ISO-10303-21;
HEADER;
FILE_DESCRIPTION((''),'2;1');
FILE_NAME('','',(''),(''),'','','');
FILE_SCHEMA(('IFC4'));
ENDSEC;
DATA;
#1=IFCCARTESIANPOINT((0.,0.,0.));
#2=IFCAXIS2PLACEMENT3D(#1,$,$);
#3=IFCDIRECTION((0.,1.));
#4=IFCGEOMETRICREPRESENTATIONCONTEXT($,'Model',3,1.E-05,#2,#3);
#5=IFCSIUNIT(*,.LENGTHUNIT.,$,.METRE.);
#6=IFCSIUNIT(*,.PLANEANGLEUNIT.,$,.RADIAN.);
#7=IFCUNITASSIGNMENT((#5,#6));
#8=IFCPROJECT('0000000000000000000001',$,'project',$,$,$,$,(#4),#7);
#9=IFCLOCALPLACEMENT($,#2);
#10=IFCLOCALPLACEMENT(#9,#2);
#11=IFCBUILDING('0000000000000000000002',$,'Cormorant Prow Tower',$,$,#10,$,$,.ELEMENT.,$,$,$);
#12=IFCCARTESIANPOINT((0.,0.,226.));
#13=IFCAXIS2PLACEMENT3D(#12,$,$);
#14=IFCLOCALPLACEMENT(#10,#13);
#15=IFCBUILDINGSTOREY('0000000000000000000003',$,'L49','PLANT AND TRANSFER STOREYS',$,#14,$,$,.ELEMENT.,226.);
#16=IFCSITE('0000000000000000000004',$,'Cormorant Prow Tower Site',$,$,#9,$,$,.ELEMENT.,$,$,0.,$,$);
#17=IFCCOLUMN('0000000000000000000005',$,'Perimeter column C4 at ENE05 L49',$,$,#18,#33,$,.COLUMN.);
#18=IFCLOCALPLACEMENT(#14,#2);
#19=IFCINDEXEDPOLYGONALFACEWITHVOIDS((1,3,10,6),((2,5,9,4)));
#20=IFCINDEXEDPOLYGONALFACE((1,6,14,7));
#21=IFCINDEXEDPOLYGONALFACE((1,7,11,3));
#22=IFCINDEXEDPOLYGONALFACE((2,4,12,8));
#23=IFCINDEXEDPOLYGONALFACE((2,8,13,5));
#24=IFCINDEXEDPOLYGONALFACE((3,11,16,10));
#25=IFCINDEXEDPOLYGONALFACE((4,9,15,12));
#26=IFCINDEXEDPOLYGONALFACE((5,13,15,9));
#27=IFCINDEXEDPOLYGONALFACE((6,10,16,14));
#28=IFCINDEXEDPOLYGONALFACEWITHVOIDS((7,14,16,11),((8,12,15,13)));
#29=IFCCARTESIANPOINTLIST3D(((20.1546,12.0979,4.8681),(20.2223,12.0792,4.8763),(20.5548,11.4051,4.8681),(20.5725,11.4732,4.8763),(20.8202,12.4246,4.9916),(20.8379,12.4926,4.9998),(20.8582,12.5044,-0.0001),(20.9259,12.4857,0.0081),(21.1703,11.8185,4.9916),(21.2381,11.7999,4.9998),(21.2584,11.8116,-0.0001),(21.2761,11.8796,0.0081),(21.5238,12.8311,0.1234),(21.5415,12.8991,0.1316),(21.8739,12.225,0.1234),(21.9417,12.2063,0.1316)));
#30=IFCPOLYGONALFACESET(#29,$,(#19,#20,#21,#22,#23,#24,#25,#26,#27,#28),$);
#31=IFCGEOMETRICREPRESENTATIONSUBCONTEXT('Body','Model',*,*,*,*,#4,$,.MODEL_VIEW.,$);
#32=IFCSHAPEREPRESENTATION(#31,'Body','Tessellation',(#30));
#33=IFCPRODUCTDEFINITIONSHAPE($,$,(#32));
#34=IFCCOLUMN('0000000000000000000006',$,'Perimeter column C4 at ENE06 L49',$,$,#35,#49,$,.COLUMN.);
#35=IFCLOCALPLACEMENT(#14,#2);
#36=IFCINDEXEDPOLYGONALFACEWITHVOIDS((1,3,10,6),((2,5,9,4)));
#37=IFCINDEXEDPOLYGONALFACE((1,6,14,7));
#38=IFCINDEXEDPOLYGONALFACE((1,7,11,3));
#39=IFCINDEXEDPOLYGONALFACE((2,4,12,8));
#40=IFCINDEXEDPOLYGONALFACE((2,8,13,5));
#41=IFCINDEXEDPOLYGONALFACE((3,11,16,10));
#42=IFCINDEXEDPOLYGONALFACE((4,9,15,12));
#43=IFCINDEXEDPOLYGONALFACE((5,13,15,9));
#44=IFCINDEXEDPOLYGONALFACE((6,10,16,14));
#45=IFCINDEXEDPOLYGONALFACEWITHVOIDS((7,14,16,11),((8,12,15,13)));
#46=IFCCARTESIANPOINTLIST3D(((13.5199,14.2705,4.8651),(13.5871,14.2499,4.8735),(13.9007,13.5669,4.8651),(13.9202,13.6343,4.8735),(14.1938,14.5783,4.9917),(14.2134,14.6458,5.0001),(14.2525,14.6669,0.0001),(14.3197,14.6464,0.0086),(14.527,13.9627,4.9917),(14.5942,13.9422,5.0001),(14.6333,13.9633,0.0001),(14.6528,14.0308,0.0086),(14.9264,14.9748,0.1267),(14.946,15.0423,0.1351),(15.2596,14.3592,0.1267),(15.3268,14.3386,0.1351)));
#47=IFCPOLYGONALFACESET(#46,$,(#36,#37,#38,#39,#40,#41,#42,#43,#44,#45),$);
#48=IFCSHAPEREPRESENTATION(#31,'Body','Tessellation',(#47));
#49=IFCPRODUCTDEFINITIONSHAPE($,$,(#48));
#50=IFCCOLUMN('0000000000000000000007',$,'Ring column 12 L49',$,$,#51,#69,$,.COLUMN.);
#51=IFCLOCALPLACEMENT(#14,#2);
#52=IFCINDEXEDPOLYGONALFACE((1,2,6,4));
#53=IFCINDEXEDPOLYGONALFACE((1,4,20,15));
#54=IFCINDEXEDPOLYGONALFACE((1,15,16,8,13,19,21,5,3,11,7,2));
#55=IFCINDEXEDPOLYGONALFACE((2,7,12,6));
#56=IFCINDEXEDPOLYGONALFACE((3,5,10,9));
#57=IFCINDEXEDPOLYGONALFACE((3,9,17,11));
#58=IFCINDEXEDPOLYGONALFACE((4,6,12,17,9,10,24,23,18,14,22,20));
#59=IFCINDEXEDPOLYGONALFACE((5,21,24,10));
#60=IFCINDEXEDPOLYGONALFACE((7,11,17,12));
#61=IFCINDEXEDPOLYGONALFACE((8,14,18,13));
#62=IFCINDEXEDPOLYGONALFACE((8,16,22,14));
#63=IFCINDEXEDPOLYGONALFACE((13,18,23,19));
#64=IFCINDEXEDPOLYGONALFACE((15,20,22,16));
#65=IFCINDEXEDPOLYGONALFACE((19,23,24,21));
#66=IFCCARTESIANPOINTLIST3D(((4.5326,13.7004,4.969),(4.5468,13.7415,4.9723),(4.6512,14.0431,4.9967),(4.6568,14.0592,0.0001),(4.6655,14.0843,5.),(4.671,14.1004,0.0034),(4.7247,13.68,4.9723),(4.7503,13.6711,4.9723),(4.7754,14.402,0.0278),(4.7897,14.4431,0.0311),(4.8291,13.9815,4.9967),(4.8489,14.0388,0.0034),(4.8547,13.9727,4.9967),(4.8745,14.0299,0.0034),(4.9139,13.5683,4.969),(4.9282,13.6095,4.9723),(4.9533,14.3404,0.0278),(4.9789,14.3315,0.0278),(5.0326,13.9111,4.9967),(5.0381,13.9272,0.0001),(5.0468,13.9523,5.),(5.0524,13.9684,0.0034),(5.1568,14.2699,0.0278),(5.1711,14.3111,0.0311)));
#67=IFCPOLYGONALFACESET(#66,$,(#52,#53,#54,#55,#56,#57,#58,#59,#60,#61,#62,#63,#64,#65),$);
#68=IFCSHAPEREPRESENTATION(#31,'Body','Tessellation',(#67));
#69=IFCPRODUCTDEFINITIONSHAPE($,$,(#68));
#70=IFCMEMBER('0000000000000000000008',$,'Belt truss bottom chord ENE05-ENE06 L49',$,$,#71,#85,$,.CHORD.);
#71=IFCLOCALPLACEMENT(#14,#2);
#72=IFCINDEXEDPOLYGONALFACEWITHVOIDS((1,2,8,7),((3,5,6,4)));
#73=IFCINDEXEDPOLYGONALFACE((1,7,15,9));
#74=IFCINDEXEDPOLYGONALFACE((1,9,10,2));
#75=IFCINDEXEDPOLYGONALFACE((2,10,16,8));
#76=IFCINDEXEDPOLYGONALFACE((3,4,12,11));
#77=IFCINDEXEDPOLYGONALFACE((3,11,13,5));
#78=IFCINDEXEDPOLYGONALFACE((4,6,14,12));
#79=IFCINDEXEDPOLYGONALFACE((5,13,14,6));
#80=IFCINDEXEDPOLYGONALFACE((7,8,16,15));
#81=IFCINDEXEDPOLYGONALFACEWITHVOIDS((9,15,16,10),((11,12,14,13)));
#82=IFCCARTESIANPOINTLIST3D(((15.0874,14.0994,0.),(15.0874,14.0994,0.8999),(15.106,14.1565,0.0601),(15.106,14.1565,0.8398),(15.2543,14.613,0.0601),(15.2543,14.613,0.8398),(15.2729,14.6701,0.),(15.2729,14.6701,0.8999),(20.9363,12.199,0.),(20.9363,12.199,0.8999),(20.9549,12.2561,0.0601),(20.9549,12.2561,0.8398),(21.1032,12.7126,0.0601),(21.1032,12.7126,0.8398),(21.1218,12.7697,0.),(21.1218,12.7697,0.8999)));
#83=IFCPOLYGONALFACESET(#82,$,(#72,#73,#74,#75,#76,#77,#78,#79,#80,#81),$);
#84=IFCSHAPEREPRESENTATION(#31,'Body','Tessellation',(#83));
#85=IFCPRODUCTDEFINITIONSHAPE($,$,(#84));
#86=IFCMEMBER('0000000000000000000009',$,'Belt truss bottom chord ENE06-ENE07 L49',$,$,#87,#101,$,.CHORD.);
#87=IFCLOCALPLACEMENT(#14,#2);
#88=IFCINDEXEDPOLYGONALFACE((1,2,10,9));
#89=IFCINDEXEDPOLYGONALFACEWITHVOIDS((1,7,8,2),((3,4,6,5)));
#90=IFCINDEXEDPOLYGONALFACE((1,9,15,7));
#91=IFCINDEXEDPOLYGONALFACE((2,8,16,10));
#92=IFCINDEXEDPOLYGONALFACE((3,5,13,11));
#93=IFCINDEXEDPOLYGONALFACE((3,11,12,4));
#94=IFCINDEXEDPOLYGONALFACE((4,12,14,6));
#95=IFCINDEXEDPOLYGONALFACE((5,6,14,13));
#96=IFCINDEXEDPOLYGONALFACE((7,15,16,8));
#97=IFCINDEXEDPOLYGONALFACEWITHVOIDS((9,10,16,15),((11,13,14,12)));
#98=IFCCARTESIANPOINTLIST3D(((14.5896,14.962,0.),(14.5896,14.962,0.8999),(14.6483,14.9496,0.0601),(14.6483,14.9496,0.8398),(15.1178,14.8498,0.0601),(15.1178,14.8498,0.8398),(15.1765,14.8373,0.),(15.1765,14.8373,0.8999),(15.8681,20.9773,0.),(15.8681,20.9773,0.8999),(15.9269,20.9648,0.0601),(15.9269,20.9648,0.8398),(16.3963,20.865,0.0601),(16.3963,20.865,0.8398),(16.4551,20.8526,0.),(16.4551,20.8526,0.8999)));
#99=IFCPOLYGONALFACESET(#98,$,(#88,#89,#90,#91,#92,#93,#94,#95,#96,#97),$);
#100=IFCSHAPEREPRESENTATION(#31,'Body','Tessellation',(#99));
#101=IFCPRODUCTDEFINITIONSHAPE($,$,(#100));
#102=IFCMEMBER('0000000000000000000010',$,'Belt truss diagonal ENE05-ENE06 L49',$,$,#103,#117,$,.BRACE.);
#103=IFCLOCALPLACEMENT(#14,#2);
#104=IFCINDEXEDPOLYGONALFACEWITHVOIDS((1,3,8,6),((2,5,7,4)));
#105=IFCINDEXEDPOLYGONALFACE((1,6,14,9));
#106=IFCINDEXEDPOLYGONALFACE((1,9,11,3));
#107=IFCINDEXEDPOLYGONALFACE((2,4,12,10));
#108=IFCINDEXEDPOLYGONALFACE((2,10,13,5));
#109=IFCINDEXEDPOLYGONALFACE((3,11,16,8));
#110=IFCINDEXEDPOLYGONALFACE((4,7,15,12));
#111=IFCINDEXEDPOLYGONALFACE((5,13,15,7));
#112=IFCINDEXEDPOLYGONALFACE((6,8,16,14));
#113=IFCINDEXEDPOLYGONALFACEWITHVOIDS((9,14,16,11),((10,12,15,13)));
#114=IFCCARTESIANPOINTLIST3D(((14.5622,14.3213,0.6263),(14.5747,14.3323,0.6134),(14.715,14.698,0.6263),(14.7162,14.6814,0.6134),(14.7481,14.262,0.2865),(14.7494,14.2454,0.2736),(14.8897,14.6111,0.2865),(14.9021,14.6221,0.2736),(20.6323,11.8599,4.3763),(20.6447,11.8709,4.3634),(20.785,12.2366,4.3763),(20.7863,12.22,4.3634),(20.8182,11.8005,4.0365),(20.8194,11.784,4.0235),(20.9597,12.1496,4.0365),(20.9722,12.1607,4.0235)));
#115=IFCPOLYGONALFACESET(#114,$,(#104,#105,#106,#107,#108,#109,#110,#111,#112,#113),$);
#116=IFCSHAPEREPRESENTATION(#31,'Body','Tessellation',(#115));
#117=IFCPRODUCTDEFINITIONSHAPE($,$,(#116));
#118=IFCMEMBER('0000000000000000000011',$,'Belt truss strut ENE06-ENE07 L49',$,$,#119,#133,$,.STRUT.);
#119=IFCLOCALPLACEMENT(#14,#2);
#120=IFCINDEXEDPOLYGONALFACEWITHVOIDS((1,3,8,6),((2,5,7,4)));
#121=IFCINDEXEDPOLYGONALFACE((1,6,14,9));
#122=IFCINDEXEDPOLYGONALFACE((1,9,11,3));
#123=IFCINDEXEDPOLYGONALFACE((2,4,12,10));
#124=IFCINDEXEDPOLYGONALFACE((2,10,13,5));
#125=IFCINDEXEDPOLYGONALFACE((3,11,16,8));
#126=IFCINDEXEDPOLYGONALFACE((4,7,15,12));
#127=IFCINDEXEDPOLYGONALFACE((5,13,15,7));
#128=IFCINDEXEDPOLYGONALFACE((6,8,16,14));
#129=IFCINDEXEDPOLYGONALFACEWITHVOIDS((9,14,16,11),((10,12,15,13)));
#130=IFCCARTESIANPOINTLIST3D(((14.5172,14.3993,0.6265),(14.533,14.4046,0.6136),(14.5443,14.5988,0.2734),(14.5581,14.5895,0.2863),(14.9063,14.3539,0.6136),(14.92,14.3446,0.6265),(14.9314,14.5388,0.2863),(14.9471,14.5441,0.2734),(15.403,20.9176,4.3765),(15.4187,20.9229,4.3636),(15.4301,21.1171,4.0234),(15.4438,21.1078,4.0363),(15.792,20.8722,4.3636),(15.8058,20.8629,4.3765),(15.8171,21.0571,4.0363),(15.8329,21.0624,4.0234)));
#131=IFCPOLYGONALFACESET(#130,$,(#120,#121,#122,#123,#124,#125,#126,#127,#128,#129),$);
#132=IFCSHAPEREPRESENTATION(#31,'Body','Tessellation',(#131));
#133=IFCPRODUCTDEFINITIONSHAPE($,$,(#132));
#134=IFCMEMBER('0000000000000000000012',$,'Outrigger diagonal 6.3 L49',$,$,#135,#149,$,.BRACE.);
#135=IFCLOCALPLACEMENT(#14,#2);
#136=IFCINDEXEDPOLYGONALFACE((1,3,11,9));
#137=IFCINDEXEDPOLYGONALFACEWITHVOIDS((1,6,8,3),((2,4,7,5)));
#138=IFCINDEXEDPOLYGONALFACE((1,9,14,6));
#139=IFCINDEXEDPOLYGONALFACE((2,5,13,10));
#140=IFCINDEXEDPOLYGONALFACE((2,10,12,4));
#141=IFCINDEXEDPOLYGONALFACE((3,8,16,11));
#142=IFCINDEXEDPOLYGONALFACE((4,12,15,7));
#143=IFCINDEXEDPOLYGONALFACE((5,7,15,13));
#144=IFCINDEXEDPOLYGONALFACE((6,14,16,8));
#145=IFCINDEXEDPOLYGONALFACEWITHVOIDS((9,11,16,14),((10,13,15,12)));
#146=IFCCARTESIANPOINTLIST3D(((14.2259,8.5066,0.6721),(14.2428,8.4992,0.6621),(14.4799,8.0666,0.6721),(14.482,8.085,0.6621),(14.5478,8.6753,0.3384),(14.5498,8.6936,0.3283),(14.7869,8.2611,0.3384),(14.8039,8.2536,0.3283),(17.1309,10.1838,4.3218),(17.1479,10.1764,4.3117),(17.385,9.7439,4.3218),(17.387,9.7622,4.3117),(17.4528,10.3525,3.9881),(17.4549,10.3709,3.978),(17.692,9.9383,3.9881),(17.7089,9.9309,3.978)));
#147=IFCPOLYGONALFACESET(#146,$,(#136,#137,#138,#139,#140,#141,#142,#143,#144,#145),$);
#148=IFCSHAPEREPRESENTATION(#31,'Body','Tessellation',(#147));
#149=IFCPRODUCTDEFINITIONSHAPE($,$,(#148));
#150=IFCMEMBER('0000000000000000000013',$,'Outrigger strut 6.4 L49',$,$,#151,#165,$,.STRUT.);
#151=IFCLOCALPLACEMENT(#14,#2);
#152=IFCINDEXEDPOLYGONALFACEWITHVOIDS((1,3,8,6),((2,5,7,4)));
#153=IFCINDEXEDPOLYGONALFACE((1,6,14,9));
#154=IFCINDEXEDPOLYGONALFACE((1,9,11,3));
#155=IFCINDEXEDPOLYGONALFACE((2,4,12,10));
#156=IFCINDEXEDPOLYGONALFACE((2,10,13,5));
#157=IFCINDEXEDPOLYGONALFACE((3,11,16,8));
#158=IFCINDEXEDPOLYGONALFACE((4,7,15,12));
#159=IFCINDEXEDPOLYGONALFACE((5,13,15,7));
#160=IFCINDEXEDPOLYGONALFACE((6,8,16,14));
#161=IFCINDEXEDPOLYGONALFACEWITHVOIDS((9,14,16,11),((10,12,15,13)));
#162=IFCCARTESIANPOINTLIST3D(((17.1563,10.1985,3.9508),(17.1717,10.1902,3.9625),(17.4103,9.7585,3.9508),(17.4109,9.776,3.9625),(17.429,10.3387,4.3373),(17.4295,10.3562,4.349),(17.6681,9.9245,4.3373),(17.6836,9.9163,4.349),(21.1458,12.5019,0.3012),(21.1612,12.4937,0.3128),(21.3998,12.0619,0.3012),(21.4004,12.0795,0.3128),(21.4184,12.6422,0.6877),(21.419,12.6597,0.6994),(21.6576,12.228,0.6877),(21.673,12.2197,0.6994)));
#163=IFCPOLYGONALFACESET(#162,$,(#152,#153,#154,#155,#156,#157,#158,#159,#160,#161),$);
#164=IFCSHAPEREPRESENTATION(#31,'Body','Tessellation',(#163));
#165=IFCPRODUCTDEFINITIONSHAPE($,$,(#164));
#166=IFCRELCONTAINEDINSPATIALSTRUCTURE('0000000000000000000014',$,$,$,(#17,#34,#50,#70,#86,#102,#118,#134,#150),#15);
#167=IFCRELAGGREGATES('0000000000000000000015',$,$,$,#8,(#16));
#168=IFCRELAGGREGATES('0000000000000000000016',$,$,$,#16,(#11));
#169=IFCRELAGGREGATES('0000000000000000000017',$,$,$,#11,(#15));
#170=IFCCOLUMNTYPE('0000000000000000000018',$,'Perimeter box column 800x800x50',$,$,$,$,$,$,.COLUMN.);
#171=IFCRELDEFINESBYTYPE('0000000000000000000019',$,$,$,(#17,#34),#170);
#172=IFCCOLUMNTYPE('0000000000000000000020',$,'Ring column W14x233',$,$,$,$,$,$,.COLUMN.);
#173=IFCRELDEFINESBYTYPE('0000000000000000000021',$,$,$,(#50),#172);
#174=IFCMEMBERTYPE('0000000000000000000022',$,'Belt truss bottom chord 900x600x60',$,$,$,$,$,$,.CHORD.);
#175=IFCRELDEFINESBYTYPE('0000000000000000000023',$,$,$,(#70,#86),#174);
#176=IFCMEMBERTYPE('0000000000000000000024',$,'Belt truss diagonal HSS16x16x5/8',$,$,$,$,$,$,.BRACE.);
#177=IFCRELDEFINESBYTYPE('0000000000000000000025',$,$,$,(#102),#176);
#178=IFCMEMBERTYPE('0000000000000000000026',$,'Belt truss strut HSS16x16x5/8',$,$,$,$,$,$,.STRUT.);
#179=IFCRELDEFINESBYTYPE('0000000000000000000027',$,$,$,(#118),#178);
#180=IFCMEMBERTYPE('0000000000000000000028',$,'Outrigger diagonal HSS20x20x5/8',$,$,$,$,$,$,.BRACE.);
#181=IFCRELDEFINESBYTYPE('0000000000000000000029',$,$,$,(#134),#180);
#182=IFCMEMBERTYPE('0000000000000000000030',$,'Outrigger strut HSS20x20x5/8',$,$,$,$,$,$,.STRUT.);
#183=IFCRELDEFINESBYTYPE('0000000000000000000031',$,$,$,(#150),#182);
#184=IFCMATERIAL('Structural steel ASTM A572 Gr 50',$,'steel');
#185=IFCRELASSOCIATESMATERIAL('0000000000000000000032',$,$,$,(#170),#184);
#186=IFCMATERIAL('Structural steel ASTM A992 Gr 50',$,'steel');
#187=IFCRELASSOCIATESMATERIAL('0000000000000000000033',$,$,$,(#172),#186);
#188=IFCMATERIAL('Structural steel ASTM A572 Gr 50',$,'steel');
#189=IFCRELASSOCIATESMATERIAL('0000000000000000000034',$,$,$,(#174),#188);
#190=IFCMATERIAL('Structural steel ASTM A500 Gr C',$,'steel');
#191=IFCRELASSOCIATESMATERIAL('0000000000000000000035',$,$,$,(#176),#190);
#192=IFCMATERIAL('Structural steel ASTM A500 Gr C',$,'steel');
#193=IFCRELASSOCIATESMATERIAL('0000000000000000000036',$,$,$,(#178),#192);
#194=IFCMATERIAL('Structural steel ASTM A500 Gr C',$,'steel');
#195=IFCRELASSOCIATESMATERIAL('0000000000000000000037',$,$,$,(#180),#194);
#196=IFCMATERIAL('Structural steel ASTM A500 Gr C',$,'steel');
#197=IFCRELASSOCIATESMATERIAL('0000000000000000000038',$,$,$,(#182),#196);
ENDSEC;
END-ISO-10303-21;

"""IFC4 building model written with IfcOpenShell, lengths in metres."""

from ifc_helpers import new_model, si_unit, direction, frame, origin, origin_2d, place, context, subcontext, project, spatial, hollow_rectangle, i_section, extrude, material, material_profile, profile_set, type_object, element, save


model = new_model("IFC4")

# Units and contexts
model_context = context("Model", 3, precision=1e-05, world=origin(), true_north=direction((0.0, 1.0)))
body_context = subcontext(model_context, "Body", "Model", "MODEL_VIEW")
ifc_project = project(units=[si_unit("LENGTHUNIT", "METRE"), si_unit("PLANEANGLEUNIT", "RADIAN")], contexts=[model_context])

# Site, building, storey
site_placement = place(None, origin())
site = spatial("IfcSite", under=ifc_project, at=site_placement, Name="Cormorant Prow Tower Site", CompositionType="ELEMENT", RefElevation=0.0)
building_placement = place(site_placement, origin())
building = spatial("IfcBuilding", under=site, at=building_placement, Name="Cormorant Prow Tower", CompositionType="ELEMENT")
storey_placement = place(building_placement, frame((0.0, 0.0, 226.0)))
storey = spatial("IfcBuildingStorey", under=building, at=storey_placement, Name="L49", Description="PLANT AND TRANSFER STOREYS", CompositionType="ELEMENT", Elevation=226.0)

# Columns
ifc_material_1 = material(Name="Structural steel ASTM A572 Gr 50", Category="steel")
ifc_material_profile_1 = material_profile(ifc_material_1, hollow_rectangle(XDim=0.8, YDim=0.8, WallThickness=0.05, at=origin_2d()), Name="Box 800x800x50")
ifc_profile_set_1 = profile_set([ifc_material_profile_1], Name="Structural steel ASTM A572 Gr 50")
column_type_1 = type_object("IfcColumnType", Name="Perimeter box column 800x800x50", PredefinedType="COLUMN", material=ifc_profile_set_1)
column_1_placement = place(storey_placement, frame((21.4094, 12.3608, 0.0), z_axis=(-0.142559, -0.082357, 0.986354), x_axis=(0.500229, -0.865893, 0.0)))
element("IfcColumn", 1, at=column_1_placement, inside=storey, type_object=column_type_1, Name="Perimeter column C4 at ENE05 L49", PredefinedType="COLUMN", context=body_context, shape_type="SweptSolid", body=[
    extrude(hollow_rectangle(XDim=0.8, YDim=0.8, WallThickness=0.05, at=origin_2d()), frame((0.0, 0.0, 0.0667)), (0.0, 0.0, 1.0), 4.9355),
])
column_2_placement = place(storey_placement, frame((14.7998, 14.5083, 0.0), z_axis=(-0.148426, -0.080325, 0.985656), x_axis=(0.475952, -0.879471, 0.0)))
element("IfcColumn", 2, at=column_2_placement, inside=storey, type_object=column_type_1, Name="Perimeter column C4 at ENE06 L49", PredefinedType="COLUMN", context=body_context, shape_type="SweptSolid", body=[
    extrude(hollow_rectangle(XDim=0.8, YDim=0.8, WallThickness=0.05, at=origin_2d()), frame((0.0, 0.0, 0.0686)), (0.0, 0.0, 1.0), 4.9358),
])
ifc_material_2 = material(Name="Structural steel ASTM A992 Gr 50", Category="steel")
ifc_material_profile_2 = material_profile(ifc_material_2, i_section(OverallWidth=0.4036, OverallDepth=0.4075, WebThickness=0.0271, FlangeThickness=0.0437, at=origin_2d()), Name="W14x233")
ifc_profile_set_2 = profile_set([ifc_material_profile_2], Name="Structural steel ASTM A992 Gr 50")
column_type_2 = type_object("IfcColumnType", Name="Ring column W14x233", PredefinedType="COLUMN", material=ifc_profile_set_2)
column_3_placement = place(storey_placement, frame((4.9143, 14.1863, 0.0), z_axis=(-0.024927, -0.072007, 0.997093), x_axis=(0.944978, -0.327133, 0.0)))
element("IfcColumn", 3, at=column_3_placement, inside=storey, type_object=column_type_2, Name="Ring column 12 L49", PredefinedType="COLUMN", context=body_context, shape_type="SweptSolid", body=[
    extrude(i_section(OverallWidth=0.4036, OverallDepth=0.4075, WebThickness=0.0271, FlangeThickness=0.0437, at=origin_2d()), frame((0.0, 0.0, 0.0156)), (0.0, 0.0, 1.0), 4.9834),
])

# Members
ifc_material_3 = material(Name="Structural steel ASTM A572 Gr 50", Category="steel")
ifc_material_profile_3 = material_profile(ifc_material_3, hollow_rectangle(XDim=0.6001, YDim=0.8999, WallThickness=0.0601, at=origin_2d()), Name="Box 900x600x60")
ifc_profile_set_3 = profile_set([ifc_material_profile_3], Name="Structural steel ASTM A572 Gr 50")
member_type_1 = type_object("IfcMemberType", Name="Belt truss bottom chord 900x600x60", PredefinedType="CHORD", material=ifc_profile_set_3)
member_1_placement = place(storey_placement, frame((21.0291, 12.4844, 0.45), z_axis=(-0.951058, 0.309013, 0.0), x_axis=(-0.309013, -0.951058, 0.0)))
element("IfcMember", 4, at=member_1_placement, inside=storey, type_object=member_type_1, Name="Belt truss bottom chord ENE05-ENE06 L49", PredefinedType="CHORD", context=body_context, shape_type="SweptSolid", body=[
    extrude(hollow_rectangle(XDim=0.6001, YDim=0.8999, WallThickness=0.0601, at=origin_2d()), origin(), (0.0, 0.0, 1.0), 6.1499),
])
member_2_placement = place(storey_placement, frame((14.8831, 14.8997, 0.45), z_axis=(0.207905, 0.978149, 0.0), x_axis=(-0.978149, 0.207905, 0.0)))
element("IfcMember", 5, at=member_2_placement, inside=storey, type_object=member_type_1, Name="Belt truss bottom chord ENE06-ENE07 L49", PredefinedType="CHORD", context=body_context, shape_type="SweptSolid", body=[
    extrude(hollow_rectangle(XDim=0.6001, YDim=0.8999, WallThickness=0.0601, at=origin_2d()), origin(), (0.0, 0.0, 1.0), 6.1497),
])
ifc_material_4 = material(Name="Structural steel ASTM A500 Gr C", Category="steel")
ifc_material_profile_4 = material_profile(ifc_material_4, hollow_rectangle(XDim=0.4065, YDim=0.4065, WallThickness=0.0149, at=origin_2d()), Name="HSS16x16x5/8")
ifc_profile_set_4 = profile_set([ifc_material_profile_4], Name="Structural steel ASTM A500 Gr C")
member_type_2 = type_object("IfcMemberType", Name="Belt truss diagonal HSS16x16x5/8", PredefinedType="BRACE", material=ifc_profile_set_4)
member_3_placement = place(storey_placement, frame((14.7322, 14.4717, 0.45), z_axis=(0.804234, -0.326119, 0.496844), x_axis=(0.375782, 0.926708, 0.0)))
element("IfcMember", 6, at=member_3_placement, inside=storey, type_object=member_type_2, Name="Belt truss diagonal ENE05-ENE06 L49", PredefinedType="BRACE", context=body_context, shape_type="SweptSolid", body=[
    extrude(hollow_rectangle(XDim=0.4065, YDim=0.4065, WallThickness=0.0149, at=origin_2d()), origin(), (0.0, 0.0, 1.0), 7.5476),
])
ifc_material_5 = material(Name="Structural steel ASTM A500 Gr C", Category="steel")
ifc_material_profile_5 = material_profile(ifc_material_5, hollow_rectangle(XDim=0.4065, YDim=0.4065, WallThickness=0.0149, at=origin_2d()), Name="HSS16x16x5/8")
ifc_profile_set_5 = profile_set([ifc_material_profile_5], Name="Structural steel ASTM A500 Gr C")
member_type_3 = type_object("IfcMemberType", Name="Belt truss strut HSS16x16x5/8", PredefinedType="STRUT", material=ifc_profile_set_5)
member_4_placement = place(storey_placement, frame((14.7322, 14.4717, 0.45), z_axis=(0.116976, 0.860842, 0.495245), x_axis=(-0.990894, 0.134648, 0.0)))
element("IfcMember", 7, at=member_4_placement, inside=storey, type_object=member_type_3, Name="Belt truss strut ENE06-ENE07 L49", PredefinedType="STRUT", context=body_context, shape_type="SweptSolid", body=[
    extrude(hollow_rectangle(XDim=0.4065, YDim=0.4065, WallThickness=0.0149, at=origin_2d()), origin(), (0.0, 0.0, 1.0), 7.572),
])
ifc_material_6 = material(Name="Structural steel ASTM A500 Gr C", Category="steel")
ifc_material_profile_6 = material_profile(ifc_material_6, hollow_rectangle(XDim=0.5081, YDim=0.5081, WallThickness=0.0149, at=origin_2d()), Name="HSS20x20x5/8")
ifc_profile_set_6 = profile_set([ifc_material_profile_6], Name="Structural steel ASTM A500 Gr C")
member_type_4 = type_object("IfcMemberType", Name="Outrigger diagonal HSS20x20x5/8", PredefinedType="BRACE", material=ifc_profile_set_6)
member_5_placement = place(storey_placement, frame((14.5149, 8.3801, 0.5002), z_axis=(0.58604, 0.338356, 0.736256), x_axis=(-0.500006, 0.866022, 0.0)))
element("IfcMember", 8, at=member_5_placement, inside=storey, type_object=member_type_4, Name="Outrigger diagonal 6.3 L49", PredefinedType="BRACE", context=body_context, shape_type="SweptSolid", body=[
    extrude(hollow_rectangle(XDim=0.5081, YDim=0.5081, WallThickness=0.0149, at=origin_2d()), origin(), (0.0, 0.0, 1.0), 4.957),
])
ifc_material_7 = material(Name="Structural steel ASTM A500 Gr C", Category="steel")
ifc_material_profile_7 = material_profile(ifc_material_7, hollow_rectangle(XDim=0.5081, YDim=0.5081, WallThickness=0.0149, at=origin_2d()), Name="HSS20x20x5/8")
ifc_profile_set_7 = profile_set([ifc_material_profile_7], Name="Structural steel ASTM A500 Gr C")
member_type_5 = type_object("IfcMemberType", Name="Outrigger strut HSS20x20x5/8", PredefinedType="STRUT", material=ifc_profile_set_7)
member_6_placement = place(storey_placement, frame((17.4199, 10.0574, 4.1499), z_axis=(0.678804, 0.391929, -0.62098), x_axis=(-0.500021, 0.866013, 0.0)))
element("IfcMember", 9, at=member_6_placement, inside=storey, type_object=member_type_5, Name="Outrigger strut 6.4 L49", PredefinedType="STRUT", context=body_context, shape_type="SweptSolid", body=[
    extrude(hollow_rectangle(XDim=0.5081, YDim=0.5081, WallThickness=0.0149, at=origin_2d()), origin(), (0.0, 0.0, 1.0), 5.8772),
])

save(model, "model.ifc")
